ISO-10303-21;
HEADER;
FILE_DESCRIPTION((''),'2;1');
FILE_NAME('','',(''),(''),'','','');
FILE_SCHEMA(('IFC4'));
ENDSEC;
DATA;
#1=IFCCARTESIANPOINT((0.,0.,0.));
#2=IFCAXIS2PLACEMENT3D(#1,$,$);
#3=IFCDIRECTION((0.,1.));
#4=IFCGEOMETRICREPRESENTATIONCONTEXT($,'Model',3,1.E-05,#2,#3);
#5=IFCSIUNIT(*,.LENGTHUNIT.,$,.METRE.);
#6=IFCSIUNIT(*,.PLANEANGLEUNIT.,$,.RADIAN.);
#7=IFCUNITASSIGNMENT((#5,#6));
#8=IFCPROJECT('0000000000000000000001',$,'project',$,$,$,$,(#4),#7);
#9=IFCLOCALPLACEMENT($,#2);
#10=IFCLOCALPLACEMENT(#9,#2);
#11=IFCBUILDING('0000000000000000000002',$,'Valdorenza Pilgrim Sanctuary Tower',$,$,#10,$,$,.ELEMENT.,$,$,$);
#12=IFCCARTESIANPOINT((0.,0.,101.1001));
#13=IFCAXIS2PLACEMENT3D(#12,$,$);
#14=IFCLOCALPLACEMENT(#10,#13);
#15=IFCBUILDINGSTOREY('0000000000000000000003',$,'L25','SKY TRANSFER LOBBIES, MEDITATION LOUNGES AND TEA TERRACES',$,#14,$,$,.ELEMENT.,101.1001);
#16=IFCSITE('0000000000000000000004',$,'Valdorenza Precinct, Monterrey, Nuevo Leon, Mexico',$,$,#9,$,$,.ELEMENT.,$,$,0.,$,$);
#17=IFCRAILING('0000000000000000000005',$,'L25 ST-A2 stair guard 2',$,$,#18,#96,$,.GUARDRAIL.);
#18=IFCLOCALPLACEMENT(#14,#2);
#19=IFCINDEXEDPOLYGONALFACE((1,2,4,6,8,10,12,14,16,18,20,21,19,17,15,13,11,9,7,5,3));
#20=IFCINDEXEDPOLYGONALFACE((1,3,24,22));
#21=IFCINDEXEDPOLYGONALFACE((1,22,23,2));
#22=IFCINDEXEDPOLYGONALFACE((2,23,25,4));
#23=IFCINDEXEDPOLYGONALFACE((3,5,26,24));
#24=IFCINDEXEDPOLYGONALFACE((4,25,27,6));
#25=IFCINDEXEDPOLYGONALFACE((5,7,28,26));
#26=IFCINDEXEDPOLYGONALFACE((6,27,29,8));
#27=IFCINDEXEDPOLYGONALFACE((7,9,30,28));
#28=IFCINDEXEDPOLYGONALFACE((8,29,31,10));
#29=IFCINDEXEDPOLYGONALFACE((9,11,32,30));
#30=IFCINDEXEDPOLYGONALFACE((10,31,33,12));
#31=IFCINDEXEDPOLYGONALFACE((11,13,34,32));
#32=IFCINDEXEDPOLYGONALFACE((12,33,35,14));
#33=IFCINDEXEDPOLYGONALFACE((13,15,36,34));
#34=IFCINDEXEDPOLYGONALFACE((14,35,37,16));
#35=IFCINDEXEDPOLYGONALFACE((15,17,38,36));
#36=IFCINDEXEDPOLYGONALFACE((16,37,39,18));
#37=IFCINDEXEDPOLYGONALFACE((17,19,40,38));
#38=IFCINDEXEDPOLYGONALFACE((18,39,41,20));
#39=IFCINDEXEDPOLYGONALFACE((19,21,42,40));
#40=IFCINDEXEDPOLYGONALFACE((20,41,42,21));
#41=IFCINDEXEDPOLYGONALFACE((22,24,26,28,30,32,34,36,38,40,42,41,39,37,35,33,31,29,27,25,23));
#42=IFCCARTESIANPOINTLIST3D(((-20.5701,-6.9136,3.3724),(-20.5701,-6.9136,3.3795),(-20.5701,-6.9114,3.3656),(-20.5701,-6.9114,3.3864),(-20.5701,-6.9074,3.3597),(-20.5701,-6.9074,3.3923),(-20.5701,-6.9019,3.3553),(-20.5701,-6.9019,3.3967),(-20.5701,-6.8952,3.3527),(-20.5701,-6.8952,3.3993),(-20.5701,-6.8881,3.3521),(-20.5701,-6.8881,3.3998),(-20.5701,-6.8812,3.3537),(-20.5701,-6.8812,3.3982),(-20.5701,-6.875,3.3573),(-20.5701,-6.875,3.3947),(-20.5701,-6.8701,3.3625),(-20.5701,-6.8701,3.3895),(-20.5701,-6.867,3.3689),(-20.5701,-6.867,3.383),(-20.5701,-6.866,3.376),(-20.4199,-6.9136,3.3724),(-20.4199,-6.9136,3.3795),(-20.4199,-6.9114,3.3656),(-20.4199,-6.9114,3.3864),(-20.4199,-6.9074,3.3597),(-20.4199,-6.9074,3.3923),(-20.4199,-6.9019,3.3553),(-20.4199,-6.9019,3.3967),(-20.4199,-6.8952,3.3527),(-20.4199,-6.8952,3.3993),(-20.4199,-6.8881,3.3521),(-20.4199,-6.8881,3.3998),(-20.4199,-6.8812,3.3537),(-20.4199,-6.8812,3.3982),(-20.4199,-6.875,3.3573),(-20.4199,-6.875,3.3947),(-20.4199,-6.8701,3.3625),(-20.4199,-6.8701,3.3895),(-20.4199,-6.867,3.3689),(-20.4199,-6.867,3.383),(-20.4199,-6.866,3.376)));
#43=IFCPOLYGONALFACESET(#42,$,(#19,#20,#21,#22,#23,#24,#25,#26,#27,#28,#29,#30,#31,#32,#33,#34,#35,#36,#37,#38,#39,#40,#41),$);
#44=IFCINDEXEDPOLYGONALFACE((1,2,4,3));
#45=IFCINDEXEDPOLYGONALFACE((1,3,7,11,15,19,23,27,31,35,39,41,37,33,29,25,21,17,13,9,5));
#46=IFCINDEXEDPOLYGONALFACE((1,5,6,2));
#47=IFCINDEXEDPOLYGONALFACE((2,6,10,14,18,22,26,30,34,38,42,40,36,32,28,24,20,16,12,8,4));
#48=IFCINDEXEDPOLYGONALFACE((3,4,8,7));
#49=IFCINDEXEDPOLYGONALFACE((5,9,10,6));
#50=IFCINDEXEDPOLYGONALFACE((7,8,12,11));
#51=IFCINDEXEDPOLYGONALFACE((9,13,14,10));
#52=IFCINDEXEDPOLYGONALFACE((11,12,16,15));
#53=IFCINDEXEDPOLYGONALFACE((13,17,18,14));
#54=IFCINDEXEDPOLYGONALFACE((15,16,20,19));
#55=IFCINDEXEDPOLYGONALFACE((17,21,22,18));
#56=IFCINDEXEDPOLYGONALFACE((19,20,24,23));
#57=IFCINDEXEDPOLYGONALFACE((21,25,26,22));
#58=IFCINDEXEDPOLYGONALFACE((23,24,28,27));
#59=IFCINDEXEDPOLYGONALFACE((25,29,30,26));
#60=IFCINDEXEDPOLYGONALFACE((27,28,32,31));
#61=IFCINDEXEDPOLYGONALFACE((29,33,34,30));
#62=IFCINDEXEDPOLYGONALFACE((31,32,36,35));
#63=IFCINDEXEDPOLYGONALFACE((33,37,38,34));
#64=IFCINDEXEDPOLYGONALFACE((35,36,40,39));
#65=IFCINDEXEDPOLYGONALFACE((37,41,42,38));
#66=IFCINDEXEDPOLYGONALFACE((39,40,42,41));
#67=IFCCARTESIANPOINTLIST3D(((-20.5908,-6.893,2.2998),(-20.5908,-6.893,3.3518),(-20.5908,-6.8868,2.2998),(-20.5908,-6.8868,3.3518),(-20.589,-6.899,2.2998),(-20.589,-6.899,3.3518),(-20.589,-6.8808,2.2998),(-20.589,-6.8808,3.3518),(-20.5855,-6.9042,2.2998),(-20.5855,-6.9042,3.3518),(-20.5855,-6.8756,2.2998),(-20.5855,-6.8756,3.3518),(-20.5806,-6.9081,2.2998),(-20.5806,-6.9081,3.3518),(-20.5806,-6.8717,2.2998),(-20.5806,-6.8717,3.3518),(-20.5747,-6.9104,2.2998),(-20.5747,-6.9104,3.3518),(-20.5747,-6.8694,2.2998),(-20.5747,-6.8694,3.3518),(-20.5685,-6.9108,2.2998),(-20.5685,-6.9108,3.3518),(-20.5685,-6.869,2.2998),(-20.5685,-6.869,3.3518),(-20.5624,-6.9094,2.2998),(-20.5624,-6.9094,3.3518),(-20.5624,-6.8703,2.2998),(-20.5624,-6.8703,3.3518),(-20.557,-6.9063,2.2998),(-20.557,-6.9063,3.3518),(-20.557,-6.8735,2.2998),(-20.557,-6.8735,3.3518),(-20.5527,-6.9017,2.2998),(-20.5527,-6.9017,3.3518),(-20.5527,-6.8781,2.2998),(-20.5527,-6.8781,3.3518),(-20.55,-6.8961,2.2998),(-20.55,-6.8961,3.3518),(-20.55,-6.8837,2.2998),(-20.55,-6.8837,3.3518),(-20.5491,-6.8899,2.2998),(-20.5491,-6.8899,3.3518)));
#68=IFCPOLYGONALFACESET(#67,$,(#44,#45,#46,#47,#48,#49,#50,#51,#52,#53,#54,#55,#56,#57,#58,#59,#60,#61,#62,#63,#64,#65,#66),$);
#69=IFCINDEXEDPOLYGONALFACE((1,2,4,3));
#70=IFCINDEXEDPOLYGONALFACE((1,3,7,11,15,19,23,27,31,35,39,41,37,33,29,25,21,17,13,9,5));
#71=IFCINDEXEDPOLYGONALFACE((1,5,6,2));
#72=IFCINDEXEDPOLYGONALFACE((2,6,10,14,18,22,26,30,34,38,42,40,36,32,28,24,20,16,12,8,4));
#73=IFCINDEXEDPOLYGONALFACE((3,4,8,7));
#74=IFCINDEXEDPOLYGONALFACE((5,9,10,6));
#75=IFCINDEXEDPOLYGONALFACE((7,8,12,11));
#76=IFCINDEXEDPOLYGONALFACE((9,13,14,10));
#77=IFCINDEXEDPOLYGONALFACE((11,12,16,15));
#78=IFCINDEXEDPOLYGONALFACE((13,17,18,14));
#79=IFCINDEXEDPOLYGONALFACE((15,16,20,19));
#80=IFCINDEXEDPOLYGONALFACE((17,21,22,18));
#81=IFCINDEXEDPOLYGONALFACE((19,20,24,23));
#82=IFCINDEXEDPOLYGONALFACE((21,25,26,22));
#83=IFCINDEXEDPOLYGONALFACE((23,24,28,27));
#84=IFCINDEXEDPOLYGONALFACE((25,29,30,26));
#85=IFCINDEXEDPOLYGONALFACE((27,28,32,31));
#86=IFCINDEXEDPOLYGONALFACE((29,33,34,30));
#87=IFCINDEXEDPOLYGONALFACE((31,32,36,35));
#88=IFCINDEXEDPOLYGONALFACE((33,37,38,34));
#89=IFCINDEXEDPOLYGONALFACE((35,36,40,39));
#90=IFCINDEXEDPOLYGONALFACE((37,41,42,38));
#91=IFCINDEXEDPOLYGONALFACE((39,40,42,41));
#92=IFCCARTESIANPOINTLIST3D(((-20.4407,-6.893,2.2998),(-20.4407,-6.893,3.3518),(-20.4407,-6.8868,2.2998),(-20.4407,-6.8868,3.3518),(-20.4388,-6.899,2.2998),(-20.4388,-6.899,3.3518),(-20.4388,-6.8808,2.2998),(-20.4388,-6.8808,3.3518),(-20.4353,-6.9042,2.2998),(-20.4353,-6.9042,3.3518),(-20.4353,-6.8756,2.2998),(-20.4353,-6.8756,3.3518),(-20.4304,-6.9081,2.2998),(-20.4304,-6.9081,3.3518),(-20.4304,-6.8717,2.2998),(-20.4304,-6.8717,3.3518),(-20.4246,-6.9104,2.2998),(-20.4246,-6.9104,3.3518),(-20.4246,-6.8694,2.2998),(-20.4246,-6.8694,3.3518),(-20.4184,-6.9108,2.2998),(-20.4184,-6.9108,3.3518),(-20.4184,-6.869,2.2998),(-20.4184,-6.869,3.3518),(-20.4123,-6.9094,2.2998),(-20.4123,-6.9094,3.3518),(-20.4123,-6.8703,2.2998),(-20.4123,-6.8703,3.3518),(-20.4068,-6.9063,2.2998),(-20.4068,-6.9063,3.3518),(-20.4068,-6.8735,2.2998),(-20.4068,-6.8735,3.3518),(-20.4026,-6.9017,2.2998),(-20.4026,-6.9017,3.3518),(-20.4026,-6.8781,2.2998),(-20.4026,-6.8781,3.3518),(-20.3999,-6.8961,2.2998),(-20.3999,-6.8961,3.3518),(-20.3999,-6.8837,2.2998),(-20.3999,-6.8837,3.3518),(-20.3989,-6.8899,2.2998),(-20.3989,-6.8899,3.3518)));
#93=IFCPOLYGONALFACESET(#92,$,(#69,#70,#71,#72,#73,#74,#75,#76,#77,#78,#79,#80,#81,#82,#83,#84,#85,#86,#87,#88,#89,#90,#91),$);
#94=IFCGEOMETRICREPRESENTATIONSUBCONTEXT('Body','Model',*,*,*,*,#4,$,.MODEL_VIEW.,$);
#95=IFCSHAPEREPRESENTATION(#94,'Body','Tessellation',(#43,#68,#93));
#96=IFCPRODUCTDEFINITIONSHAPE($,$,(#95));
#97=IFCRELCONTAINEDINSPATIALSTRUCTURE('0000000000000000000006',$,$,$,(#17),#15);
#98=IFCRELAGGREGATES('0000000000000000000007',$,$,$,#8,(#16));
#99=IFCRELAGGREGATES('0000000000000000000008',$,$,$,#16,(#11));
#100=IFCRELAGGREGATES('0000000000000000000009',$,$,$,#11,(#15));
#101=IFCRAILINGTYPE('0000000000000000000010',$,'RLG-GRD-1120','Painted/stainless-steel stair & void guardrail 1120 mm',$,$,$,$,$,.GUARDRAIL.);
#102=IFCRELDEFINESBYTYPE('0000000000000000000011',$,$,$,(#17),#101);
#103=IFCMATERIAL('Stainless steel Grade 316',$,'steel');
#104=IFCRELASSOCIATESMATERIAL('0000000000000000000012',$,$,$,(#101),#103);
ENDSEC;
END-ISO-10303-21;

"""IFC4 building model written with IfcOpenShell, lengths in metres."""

from ifc_helpers import new_model, si_unit, direction, frame, origin, origin_2d, place, context, subcontext, project, spatial, circle, extrude, material, type_object, element, save


model = new_model("IFC4")

# Units and contexts
model_context = context("Model", 3, precision=1e-05, world=origin(), true_north=direction((0.0, 1.0)))
body_context = subcontext(model_context, "Body", "Model", "MODEL_VIEW")
ifc_project = project(units=[si_unit("LENGTHUNIT", "METRE"), si_unit("PLANEANGLEUNIT", "RADIAN")], contexts=[model_context])

# Site, building, storey
site_placement = place(None, origin())
site = spatial("IfcSite", under=ifc_project, at=site_placement, Name="Valdorenza Precinct, Monterrey, Nuevo Leon, Mexico", CompositionType="ELEMENT", RefElevation=0.0)
building_placement = place(site_placement, origin())
building = spatial("IfcBuilding", under=site, at=building_placement, Name="Valdorenza Pilgrim Sanctuary Tower", CompositionType="ELEMENT")
storey_placement = place(building_placement, frame((0.0, 0.0, 101.1001)))
storey = spatial("IfcBuildingStorey", under=building, at=storey_placement, Name="L25", Description="SKY TRANSFER LOBBIES, MEDITATION LOUNGES AND TEA TERRACES", CompositionType="ELEMENT", Elevation=101.1001)

# Railing
ifc_material_1 = material(Name="Stainless steel Grade 316", Category="steel")
railing_type_1 = type_object("IfcRailingType", Name="RLG-GRD-1120", Description="Painted/stainless-steel stair & void guardrail 1120 mm", PredefinedType="GUARDRAIL", material=ifc_material_1)
railing_1_placement = place(storey_placement, frame((-20.5701, -6.8899, 2.2998)))
element("IfcRailing", 1, at=railing_1_placement, inside=storey, type_object=railing_type_1, Name="L25 ST-A2 stair guard 2", PredefinedType="GUARDRAIL", context=body_context, shape_type="SweptSolid", body=[
    extrude(circle(Radius=0.0239, at=origin_2d()), frame((0.0, 0.0, 1.0762), z_axis=(1.0, 0.0, 0.0), x_axis=(0.0, 1.0, 0.0)), (0.0, 0.0, 1.0), 0.1501),
    extrude(circle(Radius=0.021, at=origin_2d()), origin(), (0.0, 0.0, 1.0), 1.052),
    extrude(circle(Radius=0.021, at=origin_2d()), frame((0.1501, 0.0, 0.0)), (0.0, 0.0, 1.0), 1.052),
])

save(model, "model.ifc")
